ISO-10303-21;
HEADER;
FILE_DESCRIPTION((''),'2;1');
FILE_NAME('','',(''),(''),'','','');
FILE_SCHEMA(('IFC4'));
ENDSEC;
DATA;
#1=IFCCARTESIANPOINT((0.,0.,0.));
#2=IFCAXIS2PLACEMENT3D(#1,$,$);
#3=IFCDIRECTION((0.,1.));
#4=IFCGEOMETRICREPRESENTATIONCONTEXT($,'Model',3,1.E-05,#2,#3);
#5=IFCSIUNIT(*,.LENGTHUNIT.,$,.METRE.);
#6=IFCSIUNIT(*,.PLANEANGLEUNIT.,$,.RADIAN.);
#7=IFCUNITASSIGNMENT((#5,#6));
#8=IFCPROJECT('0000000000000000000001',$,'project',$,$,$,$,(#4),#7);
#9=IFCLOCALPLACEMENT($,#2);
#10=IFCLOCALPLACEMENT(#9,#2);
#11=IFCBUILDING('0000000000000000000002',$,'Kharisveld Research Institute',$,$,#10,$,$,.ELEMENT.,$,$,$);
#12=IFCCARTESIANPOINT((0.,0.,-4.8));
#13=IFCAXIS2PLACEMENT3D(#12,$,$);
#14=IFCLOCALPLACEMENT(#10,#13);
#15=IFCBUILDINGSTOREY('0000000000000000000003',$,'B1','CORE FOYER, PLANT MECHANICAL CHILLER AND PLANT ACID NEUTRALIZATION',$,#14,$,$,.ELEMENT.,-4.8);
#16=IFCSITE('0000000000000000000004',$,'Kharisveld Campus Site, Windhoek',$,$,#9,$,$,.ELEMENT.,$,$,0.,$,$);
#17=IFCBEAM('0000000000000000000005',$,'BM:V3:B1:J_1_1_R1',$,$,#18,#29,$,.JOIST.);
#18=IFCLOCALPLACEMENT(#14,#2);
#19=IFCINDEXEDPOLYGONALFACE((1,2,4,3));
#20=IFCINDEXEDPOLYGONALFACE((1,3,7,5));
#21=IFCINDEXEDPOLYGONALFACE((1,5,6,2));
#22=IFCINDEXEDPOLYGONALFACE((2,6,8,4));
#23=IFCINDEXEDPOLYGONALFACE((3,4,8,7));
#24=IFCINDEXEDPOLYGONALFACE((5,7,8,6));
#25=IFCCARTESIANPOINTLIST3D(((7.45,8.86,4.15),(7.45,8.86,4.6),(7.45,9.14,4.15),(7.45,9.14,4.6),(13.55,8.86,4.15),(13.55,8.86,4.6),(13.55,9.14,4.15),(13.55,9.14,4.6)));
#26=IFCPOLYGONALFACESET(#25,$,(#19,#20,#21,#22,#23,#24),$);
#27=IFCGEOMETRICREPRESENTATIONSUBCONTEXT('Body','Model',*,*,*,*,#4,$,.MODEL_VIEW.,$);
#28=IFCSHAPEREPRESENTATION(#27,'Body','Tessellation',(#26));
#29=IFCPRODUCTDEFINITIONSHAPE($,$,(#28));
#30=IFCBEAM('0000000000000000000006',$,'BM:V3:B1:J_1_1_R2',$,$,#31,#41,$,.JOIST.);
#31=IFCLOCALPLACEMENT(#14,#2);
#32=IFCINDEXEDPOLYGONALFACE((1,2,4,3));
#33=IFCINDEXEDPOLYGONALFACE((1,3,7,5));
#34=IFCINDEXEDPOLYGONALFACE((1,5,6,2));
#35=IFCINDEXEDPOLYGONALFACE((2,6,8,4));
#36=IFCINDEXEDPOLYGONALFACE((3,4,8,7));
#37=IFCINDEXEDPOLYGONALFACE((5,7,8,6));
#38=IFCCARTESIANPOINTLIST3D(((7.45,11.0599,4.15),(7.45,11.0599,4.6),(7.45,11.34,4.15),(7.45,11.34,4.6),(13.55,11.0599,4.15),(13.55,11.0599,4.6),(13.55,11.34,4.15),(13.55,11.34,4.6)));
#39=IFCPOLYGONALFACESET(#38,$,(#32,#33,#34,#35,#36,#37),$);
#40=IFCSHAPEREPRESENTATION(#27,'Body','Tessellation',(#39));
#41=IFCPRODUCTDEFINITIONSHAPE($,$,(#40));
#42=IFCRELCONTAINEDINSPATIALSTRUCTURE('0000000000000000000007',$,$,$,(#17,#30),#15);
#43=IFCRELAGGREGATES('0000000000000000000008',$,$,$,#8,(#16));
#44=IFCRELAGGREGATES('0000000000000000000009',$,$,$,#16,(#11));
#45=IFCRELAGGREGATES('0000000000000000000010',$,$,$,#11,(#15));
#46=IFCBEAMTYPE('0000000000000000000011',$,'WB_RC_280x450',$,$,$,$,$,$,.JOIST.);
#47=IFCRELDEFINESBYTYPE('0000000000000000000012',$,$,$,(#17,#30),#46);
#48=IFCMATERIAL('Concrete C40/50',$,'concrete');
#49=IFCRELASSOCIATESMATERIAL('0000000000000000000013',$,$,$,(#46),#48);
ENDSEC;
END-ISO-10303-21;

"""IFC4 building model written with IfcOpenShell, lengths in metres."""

from ifc_helpers import new_model, si_unit, direction, frame, origin, origin_2d, place, context, subcontext, project, spatial, rectangle, extrude, material, material_profile, profile_set, type_object, element, save


model = new_model("IFC4")

# Units and contexts
model_context = context("Model", 3, precision=1e-05, world=origin(), true_north=direction((0.0, 1.0)))
body_context = subcontext(model_context, "Body", "Model", "MODEL_VIEW")
ifc_project = project(units=[si_unit("LENGTHUNIT", "METRE"), si_unit("PLANEANGLEUNIT", "RADIAN")], contexts=[model_context])

# Site, building, storey
site_placement = place(None, origin())
site = spatial("IfcSite", under=ifc_project, at=site_placement, Name="Kharisveld Campus Site, Windhoek", CompositionType="ELEMENT", RefElevation=0.0)
building_placement = place(site_placement, origin())
building = spatial("IfcBuilding", under=site, at=building_placement, Name="Kharisveld Research Institute", CompositionType="ELEMENT")
storey_placement = place(building_placement, frame((0.0, 0.0, -4.8)))
storey = spatial("IfcBuildingStorey", under=building, at=storey_placement, Name="B1", Description="CORE FOYER, PLANT MECHANICAL CHILLER AND PLANT ACID NEUTRALIZATION", CompositionType="ELEMENT", Elevation=-4.8)

# Beams
ifc_material_1 = material(Name="Concrete C40/50", Category="concrete")
ifc_material_profile_1 = material_profile(ifc_material_1, rectangle(XDim=0.28, YDim=0.45, at=origin_2d()))
ifc_profile_set_1 = profile_set([ifc_material_profile_1], Name="Concrete C40/50")
beam_type_1 = type_object("IfcBeamType", Name="WB_RC_280x450", PredefinedType="JOIST", material=ifc_profile_set_1)
for number, where, z_axis, x_axis, name in (
    (1, (7.45, 9.0, 4.375), (1.0, 0.0, 0.0), (0.0, 1.0, 0.0), "BM:V3:B1:J_1_1_R1"),
    (2, (7.45, 11.2, 4.375), (1.0, 0.0, 0.0), (0.0, 1.0, 0.0), "BM:V3:B1:J_1_1_R2"),
):
    element("IfcBeam", number, at=place(storey_placement, frame(where, z_axis=z_axis, x_axis=x_axis)), inside=storey, type_object=beam_type_1, Name=name, PredefinedType="JOIST", context=body_context, shape_type="SweptSolid", body=[
        extrude(rectangle(XDim=0.28, YDim=0.45, at=origin_2d()), origin(), (0.0, 0.0, 1.0), 6.1001),
    ])

save(model, "model.ifc")
